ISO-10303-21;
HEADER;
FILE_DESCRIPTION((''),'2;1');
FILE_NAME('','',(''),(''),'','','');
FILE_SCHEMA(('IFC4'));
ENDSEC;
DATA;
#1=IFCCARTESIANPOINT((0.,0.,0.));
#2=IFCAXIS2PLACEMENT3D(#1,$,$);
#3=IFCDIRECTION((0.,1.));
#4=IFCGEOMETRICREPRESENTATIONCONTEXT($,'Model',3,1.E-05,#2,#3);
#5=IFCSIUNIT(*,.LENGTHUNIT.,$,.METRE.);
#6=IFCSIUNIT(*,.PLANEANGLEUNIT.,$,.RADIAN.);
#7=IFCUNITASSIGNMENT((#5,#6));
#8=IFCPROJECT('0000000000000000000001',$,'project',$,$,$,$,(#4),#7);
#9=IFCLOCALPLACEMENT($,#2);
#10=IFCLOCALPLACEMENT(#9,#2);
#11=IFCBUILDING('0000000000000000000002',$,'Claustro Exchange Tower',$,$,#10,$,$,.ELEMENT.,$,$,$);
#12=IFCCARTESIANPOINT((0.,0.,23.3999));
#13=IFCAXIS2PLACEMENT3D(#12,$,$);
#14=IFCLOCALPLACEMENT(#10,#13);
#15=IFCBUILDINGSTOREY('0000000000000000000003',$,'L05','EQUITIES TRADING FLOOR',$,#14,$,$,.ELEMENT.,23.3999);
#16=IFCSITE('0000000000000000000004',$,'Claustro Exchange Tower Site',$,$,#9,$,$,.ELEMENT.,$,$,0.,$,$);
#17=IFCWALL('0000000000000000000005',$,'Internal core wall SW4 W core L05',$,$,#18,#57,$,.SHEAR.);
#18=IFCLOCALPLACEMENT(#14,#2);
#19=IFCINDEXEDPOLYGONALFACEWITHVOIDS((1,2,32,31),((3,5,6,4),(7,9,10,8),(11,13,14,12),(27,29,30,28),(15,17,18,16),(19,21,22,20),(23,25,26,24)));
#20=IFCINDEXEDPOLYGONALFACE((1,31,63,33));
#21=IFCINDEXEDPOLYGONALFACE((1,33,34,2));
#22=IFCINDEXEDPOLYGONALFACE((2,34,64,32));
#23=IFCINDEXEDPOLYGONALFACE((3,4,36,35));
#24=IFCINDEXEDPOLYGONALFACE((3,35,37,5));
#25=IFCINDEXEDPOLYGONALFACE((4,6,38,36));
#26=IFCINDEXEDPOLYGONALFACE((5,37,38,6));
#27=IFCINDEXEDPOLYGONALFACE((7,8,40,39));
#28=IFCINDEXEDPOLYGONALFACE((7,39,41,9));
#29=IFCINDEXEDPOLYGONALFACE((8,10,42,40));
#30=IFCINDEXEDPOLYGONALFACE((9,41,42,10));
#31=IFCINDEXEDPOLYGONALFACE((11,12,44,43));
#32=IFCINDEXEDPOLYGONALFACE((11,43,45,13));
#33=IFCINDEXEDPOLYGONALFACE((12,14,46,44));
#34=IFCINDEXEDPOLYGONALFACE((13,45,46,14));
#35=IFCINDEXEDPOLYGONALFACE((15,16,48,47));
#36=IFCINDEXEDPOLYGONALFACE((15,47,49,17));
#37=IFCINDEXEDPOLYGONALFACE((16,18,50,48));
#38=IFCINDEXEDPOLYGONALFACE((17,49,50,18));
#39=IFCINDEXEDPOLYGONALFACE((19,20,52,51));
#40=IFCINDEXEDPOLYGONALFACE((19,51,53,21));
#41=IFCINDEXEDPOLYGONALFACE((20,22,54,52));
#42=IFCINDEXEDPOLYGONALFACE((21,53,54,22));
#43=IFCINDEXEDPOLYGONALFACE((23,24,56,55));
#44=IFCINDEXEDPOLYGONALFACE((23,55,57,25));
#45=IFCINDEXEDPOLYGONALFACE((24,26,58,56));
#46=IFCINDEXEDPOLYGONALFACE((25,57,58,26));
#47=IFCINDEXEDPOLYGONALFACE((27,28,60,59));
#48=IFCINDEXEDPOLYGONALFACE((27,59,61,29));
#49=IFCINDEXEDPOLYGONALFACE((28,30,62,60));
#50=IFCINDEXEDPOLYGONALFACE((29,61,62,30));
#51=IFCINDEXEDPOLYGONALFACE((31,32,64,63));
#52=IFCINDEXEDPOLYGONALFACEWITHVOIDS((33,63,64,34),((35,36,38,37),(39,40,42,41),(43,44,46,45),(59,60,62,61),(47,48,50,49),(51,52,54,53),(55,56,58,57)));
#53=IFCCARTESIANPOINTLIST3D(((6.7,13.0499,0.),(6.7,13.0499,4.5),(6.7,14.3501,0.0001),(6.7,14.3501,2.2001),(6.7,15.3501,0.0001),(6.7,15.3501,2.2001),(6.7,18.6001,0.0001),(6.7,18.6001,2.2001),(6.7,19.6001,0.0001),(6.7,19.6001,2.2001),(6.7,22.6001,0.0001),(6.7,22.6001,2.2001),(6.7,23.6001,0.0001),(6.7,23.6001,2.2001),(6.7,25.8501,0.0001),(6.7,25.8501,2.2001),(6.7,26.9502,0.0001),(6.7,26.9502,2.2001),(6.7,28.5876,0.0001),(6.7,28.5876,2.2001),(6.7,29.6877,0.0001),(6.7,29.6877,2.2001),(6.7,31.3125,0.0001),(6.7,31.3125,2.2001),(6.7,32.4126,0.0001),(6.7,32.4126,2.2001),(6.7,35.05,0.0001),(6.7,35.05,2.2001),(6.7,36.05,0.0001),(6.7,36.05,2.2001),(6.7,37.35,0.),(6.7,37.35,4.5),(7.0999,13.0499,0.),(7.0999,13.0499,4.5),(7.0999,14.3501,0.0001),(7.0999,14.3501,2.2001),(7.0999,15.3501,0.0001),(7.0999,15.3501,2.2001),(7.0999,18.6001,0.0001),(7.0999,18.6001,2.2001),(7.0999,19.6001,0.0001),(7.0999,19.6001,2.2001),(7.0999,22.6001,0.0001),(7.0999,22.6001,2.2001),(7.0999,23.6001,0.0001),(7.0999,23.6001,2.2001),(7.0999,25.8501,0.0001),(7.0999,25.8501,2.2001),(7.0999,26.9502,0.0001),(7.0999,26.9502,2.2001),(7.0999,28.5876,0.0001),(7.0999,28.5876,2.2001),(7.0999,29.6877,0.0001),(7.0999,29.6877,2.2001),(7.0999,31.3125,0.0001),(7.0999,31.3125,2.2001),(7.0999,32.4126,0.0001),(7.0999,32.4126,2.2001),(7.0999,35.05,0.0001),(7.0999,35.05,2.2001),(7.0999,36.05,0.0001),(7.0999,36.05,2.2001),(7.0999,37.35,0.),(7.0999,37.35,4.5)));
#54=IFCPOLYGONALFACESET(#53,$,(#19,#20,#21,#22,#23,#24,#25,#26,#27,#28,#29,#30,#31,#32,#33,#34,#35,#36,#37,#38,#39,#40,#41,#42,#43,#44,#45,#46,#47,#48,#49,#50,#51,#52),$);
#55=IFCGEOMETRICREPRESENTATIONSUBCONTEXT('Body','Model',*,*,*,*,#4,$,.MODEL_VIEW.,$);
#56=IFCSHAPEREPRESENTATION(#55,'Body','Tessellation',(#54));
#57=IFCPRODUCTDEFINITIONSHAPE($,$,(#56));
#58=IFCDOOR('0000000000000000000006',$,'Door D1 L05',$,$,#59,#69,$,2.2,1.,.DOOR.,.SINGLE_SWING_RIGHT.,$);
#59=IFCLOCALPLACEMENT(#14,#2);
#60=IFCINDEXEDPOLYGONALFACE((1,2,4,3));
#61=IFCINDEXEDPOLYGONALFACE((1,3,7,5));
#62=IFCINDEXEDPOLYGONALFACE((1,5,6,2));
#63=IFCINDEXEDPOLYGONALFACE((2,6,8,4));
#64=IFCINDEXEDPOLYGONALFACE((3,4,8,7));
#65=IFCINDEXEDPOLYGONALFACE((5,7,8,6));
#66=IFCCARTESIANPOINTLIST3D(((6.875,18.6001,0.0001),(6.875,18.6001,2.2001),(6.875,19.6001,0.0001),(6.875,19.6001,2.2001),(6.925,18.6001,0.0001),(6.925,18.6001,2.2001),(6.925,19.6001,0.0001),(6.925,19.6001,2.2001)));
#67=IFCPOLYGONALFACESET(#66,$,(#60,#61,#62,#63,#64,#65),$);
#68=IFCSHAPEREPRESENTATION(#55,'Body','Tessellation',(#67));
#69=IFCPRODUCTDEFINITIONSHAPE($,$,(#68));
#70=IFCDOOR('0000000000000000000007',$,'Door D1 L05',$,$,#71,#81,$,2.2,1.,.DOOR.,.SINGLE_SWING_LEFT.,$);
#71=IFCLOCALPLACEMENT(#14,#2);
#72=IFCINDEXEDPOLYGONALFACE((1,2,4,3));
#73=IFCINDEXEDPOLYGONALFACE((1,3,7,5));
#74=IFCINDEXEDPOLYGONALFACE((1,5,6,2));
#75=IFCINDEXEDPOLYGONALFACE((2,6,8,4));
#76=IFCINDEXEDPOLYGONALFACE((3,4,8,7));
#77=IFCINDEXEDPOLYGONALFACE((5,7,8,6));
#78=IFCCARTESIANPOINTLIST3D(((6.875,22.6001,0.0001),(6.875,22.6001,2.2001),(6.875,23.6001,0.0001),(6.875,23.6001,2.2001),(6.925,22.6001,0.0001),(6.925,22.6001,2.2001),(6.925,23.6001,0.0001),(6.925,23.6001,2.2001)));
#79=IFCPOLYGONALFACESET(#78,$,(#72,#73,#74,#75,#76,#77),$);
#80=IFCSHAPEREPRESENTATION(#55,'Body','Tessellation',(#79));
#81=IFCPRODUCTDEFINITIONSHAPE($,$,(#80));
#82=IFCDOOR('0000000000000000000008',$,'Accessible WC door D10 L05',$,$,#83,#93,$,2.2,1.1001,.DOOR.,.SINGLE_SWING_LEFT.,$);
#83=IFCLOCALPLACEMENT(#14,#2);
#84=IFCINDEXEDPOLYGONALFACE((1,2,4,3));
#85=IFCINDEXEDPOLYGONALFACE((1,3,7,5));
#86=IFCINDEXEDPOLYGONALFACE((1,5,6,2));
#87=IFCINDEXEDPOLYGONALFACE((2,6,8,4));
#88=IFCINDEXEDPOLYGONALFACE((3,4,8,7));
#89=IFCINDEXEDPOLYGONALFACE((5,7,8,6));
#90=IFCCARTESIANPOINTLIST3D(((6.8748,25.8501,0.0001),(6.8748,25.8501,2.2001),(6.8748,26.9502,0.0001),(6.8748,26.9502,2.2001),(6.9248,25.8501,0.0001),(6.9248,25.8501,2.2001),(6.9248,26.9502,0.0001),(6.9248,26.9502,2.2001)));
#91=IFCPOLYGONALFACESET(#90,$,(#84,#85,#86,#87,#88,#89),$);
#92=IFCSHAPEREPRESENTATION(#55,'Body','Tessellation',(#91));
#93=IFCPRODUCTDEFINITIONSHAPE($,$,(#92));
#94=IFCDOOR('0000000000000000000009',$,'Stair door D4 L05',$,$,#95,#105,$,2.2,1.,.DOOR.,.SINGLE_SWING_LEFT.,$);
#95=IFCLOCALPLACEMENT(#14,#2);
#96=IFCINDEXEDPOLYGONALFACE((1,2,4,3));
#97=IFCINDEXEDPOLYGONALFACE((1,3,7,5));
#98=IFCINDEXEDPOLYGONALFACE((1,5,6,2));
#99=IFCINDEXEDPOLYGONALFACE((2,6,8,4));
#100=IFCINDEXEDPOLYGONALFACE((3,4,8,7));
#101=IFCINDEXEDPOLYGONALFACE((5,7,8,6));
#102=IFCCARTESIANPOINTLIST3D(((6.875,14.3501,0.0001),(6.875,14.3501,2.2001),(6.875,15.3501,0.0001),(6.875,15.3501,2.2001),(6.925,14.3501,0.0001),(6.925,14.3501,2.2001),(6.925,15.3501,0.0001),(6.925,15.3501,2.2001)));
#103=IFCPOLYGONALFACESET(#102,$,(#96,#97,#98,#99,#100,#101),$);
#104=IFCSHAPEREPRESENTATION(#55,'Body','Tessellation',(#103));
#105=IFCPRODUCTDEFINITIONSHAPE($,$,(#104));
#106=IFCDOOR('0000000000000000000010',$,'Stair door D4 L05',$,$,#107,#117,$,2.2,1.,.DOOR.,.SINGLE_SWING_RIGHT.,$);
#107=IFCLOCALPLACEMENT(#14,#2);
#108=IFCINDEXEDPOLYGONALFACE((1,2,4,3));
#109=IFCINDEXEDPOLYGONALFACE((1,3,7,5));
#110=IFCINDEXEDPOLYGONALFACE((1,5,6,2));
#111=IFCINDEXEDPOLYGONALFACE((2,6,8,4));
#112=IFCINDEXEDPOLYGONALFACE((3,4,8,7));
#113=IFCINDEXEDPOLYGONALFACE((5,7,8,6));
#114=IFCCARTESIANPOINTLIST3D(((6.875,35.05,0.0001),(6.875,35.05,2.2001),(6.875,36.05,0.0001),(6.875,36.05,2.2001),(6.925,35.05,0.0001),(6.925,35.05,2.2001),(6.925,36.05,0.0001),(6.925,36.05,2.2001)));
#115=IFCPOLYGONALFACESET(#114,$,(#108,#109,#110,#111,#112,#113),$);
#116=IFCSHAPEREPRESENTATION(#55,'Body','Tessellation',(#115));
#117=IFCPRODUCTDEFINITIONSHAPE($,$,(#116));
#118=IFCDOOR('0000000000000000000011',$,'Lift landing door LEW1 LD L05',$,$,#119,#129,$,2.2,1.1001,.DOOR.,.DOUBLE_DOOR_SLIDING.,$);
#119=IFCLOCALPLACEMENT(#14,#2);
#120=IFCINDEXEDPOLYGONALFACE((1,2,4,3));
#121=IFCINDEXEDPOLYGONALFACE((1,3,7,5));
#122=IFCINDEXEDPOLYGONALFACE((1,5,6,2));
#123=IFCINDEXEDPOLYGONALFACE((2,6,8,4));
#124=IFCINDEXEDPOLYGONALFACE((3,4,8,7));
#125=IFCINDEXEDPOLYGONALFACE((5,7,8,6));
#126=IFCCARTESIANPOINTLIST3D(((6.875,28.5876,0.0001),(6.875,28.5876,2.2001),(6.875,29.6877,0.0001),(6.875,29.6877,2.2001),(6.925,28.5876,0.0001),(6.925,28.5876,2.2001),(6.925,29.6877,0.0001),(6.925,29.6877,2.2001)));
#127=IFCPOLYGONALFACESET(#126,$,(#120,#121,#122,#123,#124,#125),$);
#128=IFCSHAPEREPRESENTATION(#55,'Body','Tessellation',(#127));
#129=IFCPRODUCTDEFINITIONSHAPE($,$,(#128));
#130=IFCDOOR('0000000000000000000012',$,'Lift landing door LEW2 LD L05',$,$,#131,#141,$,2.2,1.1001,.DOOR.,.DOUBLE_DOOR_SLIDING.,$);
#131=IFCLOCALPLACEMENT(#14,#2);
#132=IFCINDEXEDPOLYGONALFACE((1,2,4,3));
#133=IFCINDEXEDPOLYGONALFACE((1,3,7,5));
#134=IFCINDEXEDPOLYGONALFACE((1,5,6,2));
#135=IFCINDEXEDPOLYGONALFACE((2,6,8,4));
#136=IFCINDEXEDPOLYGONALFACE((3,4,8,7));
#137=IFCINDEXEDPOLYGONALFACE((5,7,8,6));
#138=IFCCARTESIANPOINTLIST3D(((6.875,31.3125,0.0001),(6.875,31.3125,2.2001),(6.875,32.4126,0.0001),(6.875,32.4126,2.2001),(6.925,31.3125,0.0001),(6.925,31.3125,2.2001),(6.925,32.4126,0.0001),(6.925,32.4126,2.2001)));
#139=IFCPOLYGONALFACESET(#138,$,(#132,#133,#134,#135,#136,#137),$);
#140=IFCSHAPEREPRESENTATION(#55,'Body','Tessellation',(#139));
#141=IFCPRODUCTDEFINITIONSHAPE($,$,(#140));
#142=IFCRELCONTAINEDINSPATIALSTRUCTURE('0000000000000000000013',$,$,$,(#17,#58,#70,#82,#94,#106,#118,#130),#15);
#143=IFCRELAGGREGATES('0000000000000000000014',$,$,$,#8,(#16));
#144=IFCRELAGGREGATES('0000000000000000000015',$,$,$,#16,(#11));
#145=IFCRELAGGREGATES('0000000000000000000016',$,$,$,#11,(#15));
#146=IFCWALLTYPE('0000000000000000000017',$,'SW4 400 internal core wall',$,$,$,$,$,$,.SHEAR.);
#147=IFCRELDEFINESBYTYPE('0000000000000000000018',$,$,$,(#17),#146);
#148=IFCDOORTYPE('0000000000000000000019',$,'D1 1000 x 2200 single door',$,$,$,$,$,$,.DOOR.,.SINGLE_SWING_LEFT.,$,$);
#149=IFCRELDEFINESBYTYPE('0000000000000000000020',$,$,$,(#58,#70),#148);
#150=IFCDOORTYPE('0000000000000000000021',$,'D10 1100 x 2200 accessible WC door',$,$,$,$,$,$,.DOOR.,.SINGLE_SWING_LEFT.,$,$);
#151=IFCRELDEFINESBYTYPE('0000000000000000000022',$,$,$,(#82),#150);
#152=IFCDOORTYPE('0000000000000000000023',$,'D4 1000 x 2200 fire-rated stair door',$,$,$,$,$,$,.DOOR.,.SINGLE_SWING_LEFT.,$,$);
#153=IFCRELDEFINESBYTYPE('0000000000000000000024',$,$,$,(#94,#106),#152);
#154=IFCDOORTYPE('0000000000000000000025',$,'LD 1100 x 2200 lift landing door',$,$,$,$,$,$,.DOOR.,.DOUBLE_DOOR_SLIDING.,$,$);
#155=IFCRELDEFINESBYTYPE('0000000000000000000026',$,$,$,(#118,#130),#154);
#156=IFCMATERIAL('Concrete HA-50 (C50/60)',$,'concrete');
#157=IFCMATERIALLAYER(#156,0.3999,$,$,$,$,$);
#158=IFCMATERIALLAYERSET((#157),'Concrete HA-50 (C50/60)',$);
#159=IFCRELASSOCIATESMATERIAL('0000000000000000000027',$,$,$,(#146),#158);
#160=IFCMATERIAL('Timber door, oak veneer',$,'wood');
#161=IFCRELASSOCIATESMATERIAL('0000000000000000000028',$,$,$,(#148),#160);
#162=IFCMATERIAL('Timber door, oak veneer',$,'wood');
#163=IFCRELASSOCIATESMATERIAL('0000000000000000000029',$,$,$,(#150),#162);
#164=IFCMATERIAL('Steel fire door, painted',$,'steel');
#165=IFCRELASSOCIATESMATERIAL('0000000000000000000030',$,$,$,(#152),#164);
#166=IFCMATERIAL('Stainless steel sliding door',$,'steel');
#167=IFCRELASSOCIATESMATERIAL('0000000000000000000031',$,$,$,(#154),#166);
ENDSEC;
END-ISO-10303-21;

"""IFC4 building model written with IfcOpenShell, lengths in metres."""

from ifc_helpers import new_model, si_unit, direction, frame, frame_2d, origin, place, context, subcontext, project, spatial, rectangle, extrude, material, layer, layer_set, type_object, element, fill, save


model = new_model("IFC4")

# Units and contexts
model_context = context("Model", 3, precision=1e-05, world=origin(), true_north=direction((0.0, 1.0)))
body_context = subcontext(model_context, "Body", "Model", "MODEL_VIEW")
ifc_project = project(units=[si_unit("LENGTHUNIT", "METRE"), si_unit("PLANEANGLEUNIT", "RADIAN")], contexts=[model_context])

# Site, building, storey
site_placement = place(None, origin())
site = spatial("IfcSite", under=ifc_project, at=site_placement, Name="Claustro Exchange Tower Site", CompositionType="ELEMENT", RefElevation=0.0)
building_placement = place(site_placement, origin())
building = spatial("IfcBuilding", under=site, at=building_placement, Name="Claustro Exchange Tower", CompositionType="ELEMENT")
storey_placement = place(building_placement, frame((0.0, 0.0, 23.3999)))
storey = spatial("IfcBuildingStorey", under=building, at=storey_placement, Name="L05", Description="EQUITIES TRADING FLOOR", CompositionType="ELEMENT", Elevation=23.3999)

# Wall, openings, doors
ifc_material_1 = material(Name="Concrete HA-50 (C50/60)", Category="concrete")
ifc_layer_1 = layer(ifc_material_1, 0.3999)
ifc_layer_set_1 = layer_set([ifc_layer_1], Name="Concrete HA-50 (C50/60)")
wall_type_1 = type_object("IfcWallType", Name="SW4 400 internal core wall", PredefinedType="SHEAR", material=ifc_layer_set_1)
wall_1_placement = place(storey_placement, frame((6.8999, 13.05, 0.0), z_axis=(0.0, 0.0, 1.0), x_axis=(0.0, 1.0, 0.0)))
wall_1 = element("IfcWall", 1, at=wall_1_placement, inside=storey, type_object=wall_type_1, Name="Internal core wall SW4 W core L05", PredefinedType="SHEAR", context=body_context, shape_type="SweptSolid", body=[
    extrude(rectangle(XDim=24.3, YDim=0.3999, at=frame_2d((12.1499, 0.0))), origin(), (0.0, 0.0, 1.0), 4.5),
])
opening_1_placement = place(wall_1_placement, frame((1.3, 0.0, 0.0)))
opening_1 = element("IfcOpeningElement", 2, at=opening_1_placement, cuts=wall_1, PredefinedType="OPENING", context=body_context, shape_type="SweptSolid", body=[
    extrude(rectangle(XDim=1.0, YDim=2.2, at=frame_2d((0.5, 1.1001))), frame((0.0, 0.21, 0.0), z_axis=(0.0, -1.0, 0.0), x_axis=(1.0, 0.0, 0.0)), (0.0, 0.0, 1.0), 0.4199),
])
opening_2_placement = place(wall_1_placement, frame((22.0, 0.0, 0.0)))
opening_2 = element("IfcOpeningElement", 3, at=opening_2_placement, cuts=wall_1, PredefinedType="OPENING", context=body_context, shape_type="SweptSolid", body=[
    extrude(rectangle(XDim=1.0, YDim=2.2, at=frame_2d((0.5, 1.1001))), frame((0.0, 0.21, 0.0), z_axis=(0.0, -1.0, 0.0), x_axis=(1.0, 0.0, 0.0)), (0.0, 0.0, 1.0), 0.4199),
])
opening_3_placement = place(wall_1_placement, frame((5.55, 0.0, 0.0)))
opening_3 = element("IfcOpeningElement", 4, at=opening_3_placement, cuts=wall_1, PredefinedType="OPENING", context=body_context, shape_type="SweptSolid", body=[
    extrude(rectangle(XDim=1.0, YDim=2.2, at=frame_2d((0.5, 1.1001))), frame((0.0, 0.21, 0.0), z_axis=(0.0, -1.0, 0.0), x_axis=(1.0, 0.0, 0.0)), (0.0, 0.0, 1.0), 0.4199),
])
opening_4_placement = place(wall_1_placement, frame((9.55, 0.0, 0.0)))
opening_4 = element("IfcOpeningElement", 5, at=opening_4_placement, cuts=wall_1, PredefinedType="OPENING", context=body_context, shape_type="SweptSolid", body=[
    extrude(rectangle(XDim=1.0, YDim=2.2, at=frame_2d((0.5, 1.1001))), frame((0.0, 0.21, 0.0), z_axis=(0.0, -1.0, 0.0), x_axis=(1.0, 0.0, 0.0)), (0.0, 0.0, 1.0), 0.4199),
])
opening_5_placement = place(wall_1_placement, frame((12.8, 0.0, 0.0)))
opening_5 = element("IfcOpeningElement", 6, at=opening_5_placement, cuts=wall_1, PredefinedType="OPENING", context=body_context, shape_type="SweptSolid", body=[
    extrude(rectangle(XDim=1.1001, YDim=2.2, at=frame_2d((0.55, 1.1001))), frame((0.0, 0.21, 0.0), z_axis=(0.0, -1.0, 0.0), x_axis=(1.0, 0.0, 0.0)), (0.0, 0.0, 1.0), 0.4199),
])
opening_6_placement = place(wall_1_placement, frame((15.5376, 0.0, 0.0)))
opening_6 = element("IfcOpeningElement", 7, at=opening_6_placement, cuts=wall_1, PredefinedType="OPENING", context=body_context, shape_type="SweptSolid", body=[
    extrude(rectangle(XDim=1.1001, YDim=2.2, at=frame_2d((0.55, 1.1001))), frame((0.0, 0.21, 0.0), z_axis=(0.0, -1.0, 0.0), x_axis=(1.0, 0.0, 0.0)), (0.0, 0.0, 1.0), 0.4199),
])
opening_7_placement = place(wall_1_placement, frame((18.2625, 0.0, 0.0)))
opening_7 = element("IfcOpeningElement", 8, at=opening_7_placement, cuts=wall_1, PredefinedType="OPENING", context=body_context, shape_type="SweptSolid", body=[
    extrude(rectangle(XDim=1.1001, YDim=2.2, at=frame_2d((0.55, 1.1001))), frame((0.0, 0.21, 0.0), z_axis=(0.0, -1.0, 0.0), x_axis=(1.0, 0.0, 0.0)), (0.0, 0.0, 1.0), 0.4199),
])
ifc_material_2 = material(Name="Timber door, oak veneer", Category="wood")
door_type_1 = type_object("IfcDoorType", Name="D1 1000 x 2200 single door", OperationType="SINGLE_SWING_LEFT", PredefinedType="DOOR", material=ifc_material_2)
door_1_placement = place(opening_3_placement, origin())
door_1 = element("IfcDoor", 9, at=door_1_placement, inside=storey, type_object=door_type_1, Name="Door D1 L05", OperationType="SINGLE_SWING_RIGHT", OverallHeight=2.2, OverallWidth=1.0, PredefinedType="DOOR", context=body_context, shape_type="SweptSolid", body=[
    extrude(rectangle(XDim=1.0, YDim=2.2, at=frame_2d((0.5, 1.1001))), frame((0.0, 0.0249, 0.0), z_axis=(0.0, -1.0, 0.0), x_axis=(1.0, 0.0, 0.0)), (0.0, 0.0, 1.0), 0.05),
])
fill(opening_3, door_1)
door_2_placement = place(opening_4_placement, origin())
door_2 = element("IfcDoor", 10, at=door_2_placement, inside=storey, type_object=door_type_1, Name="Door D1 L05", OperationType="SINGLE_SWING_LEFT", OverallHeight=2.2, OverallWidth=1.0, PredefinedType="DOOR", context=body_context, shape_type="SweptSolid", body=[
    extrude(rectangle(XDim=1.0, YDim=2.2, at=frame_2d((0.5, 1.1001))), frame((0.0, 0.0249, 0.0), z_axis=(0.0, -1.0, 0.0), x_axis=(1.0, 0.0, 0.0)), (0.0, 0.0, 1.0), 0.05),
])
fill(opening_4, door_2)
ifc_material_3 = material(Name="Timber door, oak veneer", Category="wood")
door_type_2 = type_object("IfcDoorType", Name="D10 1100 x 2200 accessible WC door", OperationType="SINGLE_SWING_LEFT", PredefinedType="DOOR", material=ifc_material_3)
door_3_placement = place(opening_5_placement, frame((1.1001, 0.0, 0.0), z_axis=(0.0, 0.0, 1.0), x_axis=(-1.0, 0.0, 0.0)))
door_3 = element("IfcDoor", 11, at=door_3_placement, inside=storey, type_object=door_type_2, Name="Accessible WC door D10 L05", OperationType="SINGLE_SWING_LEFT", OverallHeight=2.2, OverallWidth=1.1001, PredefinedType="DOOR", context=body_context, shape_type="SweptSolid", body=[
    extrude(rectangle(XDim=1.1001, YDim=2.2, at=frame_2d((0.55, 1.1001))), frame((0.0, 0.0249, 0.0), z_axis=(0.0, -1.0, 0.0), x_axis=(1.0, 0.0, 0.0)), (0.0, 0.0, 1.0), 0.05),
])
fill(opening_5, door_3)
ifc_material_4 = material(Name="Steel fire door, painted", Category="steel")
door_type_3 = type_object("IfcDoorType", Name="D4 1000 x 2200 fire-rated stair door", OperationType="SINGLE_SWING_LEFT", PredefinedType="DOOR", material=ifc_material_4)
door_4_placement = place(opening_1_placement, origin())
door_4 = element("IfcDoor", 12, at=door_4_placement, inside=storey, type_object=door_type_3, Name="Stair door D4 L05", OperationType="SINGLE_SWING_LEFT", OverallHeight=2.2, OverallWidth=1.0, PredefinedType="DOOR", context=body_context, shape_type="SweptSolid", body=[
    extrude(rectangle(XDim=1.0, YDim=2.2, at=frame_2d((0.5, 1.1001))), frame((0.0, 0.0249, 0.0), z_axis=(0.0, -1.0, 0.0), x_axis=(1.0, 0.0, 0.0)), (0.0, 0.0, 1.0), 0.05),
])
fill(opening_1, door_4)
door_5_placement = place(opening_2_placement, origin())
door_5 = element("IfcDoor", 13, at=door_5_placement, inside=storey, type_object=door_type_3, Name="Stair door D4 L05", OperationType="SINGLE_SWING_RIGHT", OverallHeight=2.2, OverallWidth=1.0, PredefinedType="DOOR", context=body_context, shape_type="SweptSolid", body=[
    extrude(rectangle(XDim=1.0, YDim=2.2, at=frame_2d((0.5, 1.1001))), frame((0.0, 0.0249, 0.0), z_axis=(0.0, -1.0, 0.0), x_axis=(1.0, 0.0, 0.0)), (0.0, 0.0, 1.0), 0.05),
])
fill(opening_2, door_5)
ifc_material_5 = material(Name="Stainless steel sliding door", Category="steel")
door_type_4 = type_object("IfcDoorType", Name="LD 1100 x 2200 lift landing door", OperationType="DOUBLE_DOOR_SLIDING", PredefinedType="DOOR", material=ifc_material_5)
door_6_placement = place(opening_6_placement, origin())
door_6 = element("IfcDoor", 14, at=door_6_placement, inside=storey, type_object=door_type_4, Name="Lift landing door LEW1 LD L05", OperationType="DOUBLE_DOOR_SLIDING", OverallHeight=2.2, OverallWidth=1.1001, PredefinedType="DOOR", context=body_context, shape_type="SweptSolid", body=[
    extrude(rectangle(XDim=1.1001, YDim=2.2, at=frame_2d((0.55, 1.1001))), frame((0.0, 0.0249, 0.0), z_axis=(0.0, -1.0, 0.0), x_axis=(1.0, 0.0, 0.0)), (0.0, 0.0, 1.0), 0.05),
])
fill(opening_6, door_6)
door_7_placement = place(opening_7_placement, origin())
door_7 = element("IfcDoor", 15, at=door_7_placement, inside=storey, type_object=door_type_4, Name="Lift landing door LEW2 LD L05", OperationType="DOUBLE_DOOR_SLIDING", OverallHeight=2.2, OverallWidth=1.1001, PredefinedType="DOOR", context=body_context, shape_type="SweptSolid", body=[
    extrude(rectangle(XDim=1.1001, YDim=2.2, at=frame_2d((0.55, 1.1001))), frame((0.0, 0.0249, 0.0), z_axis=(0.0, -1.0, 0.0), x_axis=(1.0, 0.0, 0.0)), (0.0, 0.0, 1.0), 0.05),
])
fill(opening_7, door_7)

save(model, "model.ifc")
